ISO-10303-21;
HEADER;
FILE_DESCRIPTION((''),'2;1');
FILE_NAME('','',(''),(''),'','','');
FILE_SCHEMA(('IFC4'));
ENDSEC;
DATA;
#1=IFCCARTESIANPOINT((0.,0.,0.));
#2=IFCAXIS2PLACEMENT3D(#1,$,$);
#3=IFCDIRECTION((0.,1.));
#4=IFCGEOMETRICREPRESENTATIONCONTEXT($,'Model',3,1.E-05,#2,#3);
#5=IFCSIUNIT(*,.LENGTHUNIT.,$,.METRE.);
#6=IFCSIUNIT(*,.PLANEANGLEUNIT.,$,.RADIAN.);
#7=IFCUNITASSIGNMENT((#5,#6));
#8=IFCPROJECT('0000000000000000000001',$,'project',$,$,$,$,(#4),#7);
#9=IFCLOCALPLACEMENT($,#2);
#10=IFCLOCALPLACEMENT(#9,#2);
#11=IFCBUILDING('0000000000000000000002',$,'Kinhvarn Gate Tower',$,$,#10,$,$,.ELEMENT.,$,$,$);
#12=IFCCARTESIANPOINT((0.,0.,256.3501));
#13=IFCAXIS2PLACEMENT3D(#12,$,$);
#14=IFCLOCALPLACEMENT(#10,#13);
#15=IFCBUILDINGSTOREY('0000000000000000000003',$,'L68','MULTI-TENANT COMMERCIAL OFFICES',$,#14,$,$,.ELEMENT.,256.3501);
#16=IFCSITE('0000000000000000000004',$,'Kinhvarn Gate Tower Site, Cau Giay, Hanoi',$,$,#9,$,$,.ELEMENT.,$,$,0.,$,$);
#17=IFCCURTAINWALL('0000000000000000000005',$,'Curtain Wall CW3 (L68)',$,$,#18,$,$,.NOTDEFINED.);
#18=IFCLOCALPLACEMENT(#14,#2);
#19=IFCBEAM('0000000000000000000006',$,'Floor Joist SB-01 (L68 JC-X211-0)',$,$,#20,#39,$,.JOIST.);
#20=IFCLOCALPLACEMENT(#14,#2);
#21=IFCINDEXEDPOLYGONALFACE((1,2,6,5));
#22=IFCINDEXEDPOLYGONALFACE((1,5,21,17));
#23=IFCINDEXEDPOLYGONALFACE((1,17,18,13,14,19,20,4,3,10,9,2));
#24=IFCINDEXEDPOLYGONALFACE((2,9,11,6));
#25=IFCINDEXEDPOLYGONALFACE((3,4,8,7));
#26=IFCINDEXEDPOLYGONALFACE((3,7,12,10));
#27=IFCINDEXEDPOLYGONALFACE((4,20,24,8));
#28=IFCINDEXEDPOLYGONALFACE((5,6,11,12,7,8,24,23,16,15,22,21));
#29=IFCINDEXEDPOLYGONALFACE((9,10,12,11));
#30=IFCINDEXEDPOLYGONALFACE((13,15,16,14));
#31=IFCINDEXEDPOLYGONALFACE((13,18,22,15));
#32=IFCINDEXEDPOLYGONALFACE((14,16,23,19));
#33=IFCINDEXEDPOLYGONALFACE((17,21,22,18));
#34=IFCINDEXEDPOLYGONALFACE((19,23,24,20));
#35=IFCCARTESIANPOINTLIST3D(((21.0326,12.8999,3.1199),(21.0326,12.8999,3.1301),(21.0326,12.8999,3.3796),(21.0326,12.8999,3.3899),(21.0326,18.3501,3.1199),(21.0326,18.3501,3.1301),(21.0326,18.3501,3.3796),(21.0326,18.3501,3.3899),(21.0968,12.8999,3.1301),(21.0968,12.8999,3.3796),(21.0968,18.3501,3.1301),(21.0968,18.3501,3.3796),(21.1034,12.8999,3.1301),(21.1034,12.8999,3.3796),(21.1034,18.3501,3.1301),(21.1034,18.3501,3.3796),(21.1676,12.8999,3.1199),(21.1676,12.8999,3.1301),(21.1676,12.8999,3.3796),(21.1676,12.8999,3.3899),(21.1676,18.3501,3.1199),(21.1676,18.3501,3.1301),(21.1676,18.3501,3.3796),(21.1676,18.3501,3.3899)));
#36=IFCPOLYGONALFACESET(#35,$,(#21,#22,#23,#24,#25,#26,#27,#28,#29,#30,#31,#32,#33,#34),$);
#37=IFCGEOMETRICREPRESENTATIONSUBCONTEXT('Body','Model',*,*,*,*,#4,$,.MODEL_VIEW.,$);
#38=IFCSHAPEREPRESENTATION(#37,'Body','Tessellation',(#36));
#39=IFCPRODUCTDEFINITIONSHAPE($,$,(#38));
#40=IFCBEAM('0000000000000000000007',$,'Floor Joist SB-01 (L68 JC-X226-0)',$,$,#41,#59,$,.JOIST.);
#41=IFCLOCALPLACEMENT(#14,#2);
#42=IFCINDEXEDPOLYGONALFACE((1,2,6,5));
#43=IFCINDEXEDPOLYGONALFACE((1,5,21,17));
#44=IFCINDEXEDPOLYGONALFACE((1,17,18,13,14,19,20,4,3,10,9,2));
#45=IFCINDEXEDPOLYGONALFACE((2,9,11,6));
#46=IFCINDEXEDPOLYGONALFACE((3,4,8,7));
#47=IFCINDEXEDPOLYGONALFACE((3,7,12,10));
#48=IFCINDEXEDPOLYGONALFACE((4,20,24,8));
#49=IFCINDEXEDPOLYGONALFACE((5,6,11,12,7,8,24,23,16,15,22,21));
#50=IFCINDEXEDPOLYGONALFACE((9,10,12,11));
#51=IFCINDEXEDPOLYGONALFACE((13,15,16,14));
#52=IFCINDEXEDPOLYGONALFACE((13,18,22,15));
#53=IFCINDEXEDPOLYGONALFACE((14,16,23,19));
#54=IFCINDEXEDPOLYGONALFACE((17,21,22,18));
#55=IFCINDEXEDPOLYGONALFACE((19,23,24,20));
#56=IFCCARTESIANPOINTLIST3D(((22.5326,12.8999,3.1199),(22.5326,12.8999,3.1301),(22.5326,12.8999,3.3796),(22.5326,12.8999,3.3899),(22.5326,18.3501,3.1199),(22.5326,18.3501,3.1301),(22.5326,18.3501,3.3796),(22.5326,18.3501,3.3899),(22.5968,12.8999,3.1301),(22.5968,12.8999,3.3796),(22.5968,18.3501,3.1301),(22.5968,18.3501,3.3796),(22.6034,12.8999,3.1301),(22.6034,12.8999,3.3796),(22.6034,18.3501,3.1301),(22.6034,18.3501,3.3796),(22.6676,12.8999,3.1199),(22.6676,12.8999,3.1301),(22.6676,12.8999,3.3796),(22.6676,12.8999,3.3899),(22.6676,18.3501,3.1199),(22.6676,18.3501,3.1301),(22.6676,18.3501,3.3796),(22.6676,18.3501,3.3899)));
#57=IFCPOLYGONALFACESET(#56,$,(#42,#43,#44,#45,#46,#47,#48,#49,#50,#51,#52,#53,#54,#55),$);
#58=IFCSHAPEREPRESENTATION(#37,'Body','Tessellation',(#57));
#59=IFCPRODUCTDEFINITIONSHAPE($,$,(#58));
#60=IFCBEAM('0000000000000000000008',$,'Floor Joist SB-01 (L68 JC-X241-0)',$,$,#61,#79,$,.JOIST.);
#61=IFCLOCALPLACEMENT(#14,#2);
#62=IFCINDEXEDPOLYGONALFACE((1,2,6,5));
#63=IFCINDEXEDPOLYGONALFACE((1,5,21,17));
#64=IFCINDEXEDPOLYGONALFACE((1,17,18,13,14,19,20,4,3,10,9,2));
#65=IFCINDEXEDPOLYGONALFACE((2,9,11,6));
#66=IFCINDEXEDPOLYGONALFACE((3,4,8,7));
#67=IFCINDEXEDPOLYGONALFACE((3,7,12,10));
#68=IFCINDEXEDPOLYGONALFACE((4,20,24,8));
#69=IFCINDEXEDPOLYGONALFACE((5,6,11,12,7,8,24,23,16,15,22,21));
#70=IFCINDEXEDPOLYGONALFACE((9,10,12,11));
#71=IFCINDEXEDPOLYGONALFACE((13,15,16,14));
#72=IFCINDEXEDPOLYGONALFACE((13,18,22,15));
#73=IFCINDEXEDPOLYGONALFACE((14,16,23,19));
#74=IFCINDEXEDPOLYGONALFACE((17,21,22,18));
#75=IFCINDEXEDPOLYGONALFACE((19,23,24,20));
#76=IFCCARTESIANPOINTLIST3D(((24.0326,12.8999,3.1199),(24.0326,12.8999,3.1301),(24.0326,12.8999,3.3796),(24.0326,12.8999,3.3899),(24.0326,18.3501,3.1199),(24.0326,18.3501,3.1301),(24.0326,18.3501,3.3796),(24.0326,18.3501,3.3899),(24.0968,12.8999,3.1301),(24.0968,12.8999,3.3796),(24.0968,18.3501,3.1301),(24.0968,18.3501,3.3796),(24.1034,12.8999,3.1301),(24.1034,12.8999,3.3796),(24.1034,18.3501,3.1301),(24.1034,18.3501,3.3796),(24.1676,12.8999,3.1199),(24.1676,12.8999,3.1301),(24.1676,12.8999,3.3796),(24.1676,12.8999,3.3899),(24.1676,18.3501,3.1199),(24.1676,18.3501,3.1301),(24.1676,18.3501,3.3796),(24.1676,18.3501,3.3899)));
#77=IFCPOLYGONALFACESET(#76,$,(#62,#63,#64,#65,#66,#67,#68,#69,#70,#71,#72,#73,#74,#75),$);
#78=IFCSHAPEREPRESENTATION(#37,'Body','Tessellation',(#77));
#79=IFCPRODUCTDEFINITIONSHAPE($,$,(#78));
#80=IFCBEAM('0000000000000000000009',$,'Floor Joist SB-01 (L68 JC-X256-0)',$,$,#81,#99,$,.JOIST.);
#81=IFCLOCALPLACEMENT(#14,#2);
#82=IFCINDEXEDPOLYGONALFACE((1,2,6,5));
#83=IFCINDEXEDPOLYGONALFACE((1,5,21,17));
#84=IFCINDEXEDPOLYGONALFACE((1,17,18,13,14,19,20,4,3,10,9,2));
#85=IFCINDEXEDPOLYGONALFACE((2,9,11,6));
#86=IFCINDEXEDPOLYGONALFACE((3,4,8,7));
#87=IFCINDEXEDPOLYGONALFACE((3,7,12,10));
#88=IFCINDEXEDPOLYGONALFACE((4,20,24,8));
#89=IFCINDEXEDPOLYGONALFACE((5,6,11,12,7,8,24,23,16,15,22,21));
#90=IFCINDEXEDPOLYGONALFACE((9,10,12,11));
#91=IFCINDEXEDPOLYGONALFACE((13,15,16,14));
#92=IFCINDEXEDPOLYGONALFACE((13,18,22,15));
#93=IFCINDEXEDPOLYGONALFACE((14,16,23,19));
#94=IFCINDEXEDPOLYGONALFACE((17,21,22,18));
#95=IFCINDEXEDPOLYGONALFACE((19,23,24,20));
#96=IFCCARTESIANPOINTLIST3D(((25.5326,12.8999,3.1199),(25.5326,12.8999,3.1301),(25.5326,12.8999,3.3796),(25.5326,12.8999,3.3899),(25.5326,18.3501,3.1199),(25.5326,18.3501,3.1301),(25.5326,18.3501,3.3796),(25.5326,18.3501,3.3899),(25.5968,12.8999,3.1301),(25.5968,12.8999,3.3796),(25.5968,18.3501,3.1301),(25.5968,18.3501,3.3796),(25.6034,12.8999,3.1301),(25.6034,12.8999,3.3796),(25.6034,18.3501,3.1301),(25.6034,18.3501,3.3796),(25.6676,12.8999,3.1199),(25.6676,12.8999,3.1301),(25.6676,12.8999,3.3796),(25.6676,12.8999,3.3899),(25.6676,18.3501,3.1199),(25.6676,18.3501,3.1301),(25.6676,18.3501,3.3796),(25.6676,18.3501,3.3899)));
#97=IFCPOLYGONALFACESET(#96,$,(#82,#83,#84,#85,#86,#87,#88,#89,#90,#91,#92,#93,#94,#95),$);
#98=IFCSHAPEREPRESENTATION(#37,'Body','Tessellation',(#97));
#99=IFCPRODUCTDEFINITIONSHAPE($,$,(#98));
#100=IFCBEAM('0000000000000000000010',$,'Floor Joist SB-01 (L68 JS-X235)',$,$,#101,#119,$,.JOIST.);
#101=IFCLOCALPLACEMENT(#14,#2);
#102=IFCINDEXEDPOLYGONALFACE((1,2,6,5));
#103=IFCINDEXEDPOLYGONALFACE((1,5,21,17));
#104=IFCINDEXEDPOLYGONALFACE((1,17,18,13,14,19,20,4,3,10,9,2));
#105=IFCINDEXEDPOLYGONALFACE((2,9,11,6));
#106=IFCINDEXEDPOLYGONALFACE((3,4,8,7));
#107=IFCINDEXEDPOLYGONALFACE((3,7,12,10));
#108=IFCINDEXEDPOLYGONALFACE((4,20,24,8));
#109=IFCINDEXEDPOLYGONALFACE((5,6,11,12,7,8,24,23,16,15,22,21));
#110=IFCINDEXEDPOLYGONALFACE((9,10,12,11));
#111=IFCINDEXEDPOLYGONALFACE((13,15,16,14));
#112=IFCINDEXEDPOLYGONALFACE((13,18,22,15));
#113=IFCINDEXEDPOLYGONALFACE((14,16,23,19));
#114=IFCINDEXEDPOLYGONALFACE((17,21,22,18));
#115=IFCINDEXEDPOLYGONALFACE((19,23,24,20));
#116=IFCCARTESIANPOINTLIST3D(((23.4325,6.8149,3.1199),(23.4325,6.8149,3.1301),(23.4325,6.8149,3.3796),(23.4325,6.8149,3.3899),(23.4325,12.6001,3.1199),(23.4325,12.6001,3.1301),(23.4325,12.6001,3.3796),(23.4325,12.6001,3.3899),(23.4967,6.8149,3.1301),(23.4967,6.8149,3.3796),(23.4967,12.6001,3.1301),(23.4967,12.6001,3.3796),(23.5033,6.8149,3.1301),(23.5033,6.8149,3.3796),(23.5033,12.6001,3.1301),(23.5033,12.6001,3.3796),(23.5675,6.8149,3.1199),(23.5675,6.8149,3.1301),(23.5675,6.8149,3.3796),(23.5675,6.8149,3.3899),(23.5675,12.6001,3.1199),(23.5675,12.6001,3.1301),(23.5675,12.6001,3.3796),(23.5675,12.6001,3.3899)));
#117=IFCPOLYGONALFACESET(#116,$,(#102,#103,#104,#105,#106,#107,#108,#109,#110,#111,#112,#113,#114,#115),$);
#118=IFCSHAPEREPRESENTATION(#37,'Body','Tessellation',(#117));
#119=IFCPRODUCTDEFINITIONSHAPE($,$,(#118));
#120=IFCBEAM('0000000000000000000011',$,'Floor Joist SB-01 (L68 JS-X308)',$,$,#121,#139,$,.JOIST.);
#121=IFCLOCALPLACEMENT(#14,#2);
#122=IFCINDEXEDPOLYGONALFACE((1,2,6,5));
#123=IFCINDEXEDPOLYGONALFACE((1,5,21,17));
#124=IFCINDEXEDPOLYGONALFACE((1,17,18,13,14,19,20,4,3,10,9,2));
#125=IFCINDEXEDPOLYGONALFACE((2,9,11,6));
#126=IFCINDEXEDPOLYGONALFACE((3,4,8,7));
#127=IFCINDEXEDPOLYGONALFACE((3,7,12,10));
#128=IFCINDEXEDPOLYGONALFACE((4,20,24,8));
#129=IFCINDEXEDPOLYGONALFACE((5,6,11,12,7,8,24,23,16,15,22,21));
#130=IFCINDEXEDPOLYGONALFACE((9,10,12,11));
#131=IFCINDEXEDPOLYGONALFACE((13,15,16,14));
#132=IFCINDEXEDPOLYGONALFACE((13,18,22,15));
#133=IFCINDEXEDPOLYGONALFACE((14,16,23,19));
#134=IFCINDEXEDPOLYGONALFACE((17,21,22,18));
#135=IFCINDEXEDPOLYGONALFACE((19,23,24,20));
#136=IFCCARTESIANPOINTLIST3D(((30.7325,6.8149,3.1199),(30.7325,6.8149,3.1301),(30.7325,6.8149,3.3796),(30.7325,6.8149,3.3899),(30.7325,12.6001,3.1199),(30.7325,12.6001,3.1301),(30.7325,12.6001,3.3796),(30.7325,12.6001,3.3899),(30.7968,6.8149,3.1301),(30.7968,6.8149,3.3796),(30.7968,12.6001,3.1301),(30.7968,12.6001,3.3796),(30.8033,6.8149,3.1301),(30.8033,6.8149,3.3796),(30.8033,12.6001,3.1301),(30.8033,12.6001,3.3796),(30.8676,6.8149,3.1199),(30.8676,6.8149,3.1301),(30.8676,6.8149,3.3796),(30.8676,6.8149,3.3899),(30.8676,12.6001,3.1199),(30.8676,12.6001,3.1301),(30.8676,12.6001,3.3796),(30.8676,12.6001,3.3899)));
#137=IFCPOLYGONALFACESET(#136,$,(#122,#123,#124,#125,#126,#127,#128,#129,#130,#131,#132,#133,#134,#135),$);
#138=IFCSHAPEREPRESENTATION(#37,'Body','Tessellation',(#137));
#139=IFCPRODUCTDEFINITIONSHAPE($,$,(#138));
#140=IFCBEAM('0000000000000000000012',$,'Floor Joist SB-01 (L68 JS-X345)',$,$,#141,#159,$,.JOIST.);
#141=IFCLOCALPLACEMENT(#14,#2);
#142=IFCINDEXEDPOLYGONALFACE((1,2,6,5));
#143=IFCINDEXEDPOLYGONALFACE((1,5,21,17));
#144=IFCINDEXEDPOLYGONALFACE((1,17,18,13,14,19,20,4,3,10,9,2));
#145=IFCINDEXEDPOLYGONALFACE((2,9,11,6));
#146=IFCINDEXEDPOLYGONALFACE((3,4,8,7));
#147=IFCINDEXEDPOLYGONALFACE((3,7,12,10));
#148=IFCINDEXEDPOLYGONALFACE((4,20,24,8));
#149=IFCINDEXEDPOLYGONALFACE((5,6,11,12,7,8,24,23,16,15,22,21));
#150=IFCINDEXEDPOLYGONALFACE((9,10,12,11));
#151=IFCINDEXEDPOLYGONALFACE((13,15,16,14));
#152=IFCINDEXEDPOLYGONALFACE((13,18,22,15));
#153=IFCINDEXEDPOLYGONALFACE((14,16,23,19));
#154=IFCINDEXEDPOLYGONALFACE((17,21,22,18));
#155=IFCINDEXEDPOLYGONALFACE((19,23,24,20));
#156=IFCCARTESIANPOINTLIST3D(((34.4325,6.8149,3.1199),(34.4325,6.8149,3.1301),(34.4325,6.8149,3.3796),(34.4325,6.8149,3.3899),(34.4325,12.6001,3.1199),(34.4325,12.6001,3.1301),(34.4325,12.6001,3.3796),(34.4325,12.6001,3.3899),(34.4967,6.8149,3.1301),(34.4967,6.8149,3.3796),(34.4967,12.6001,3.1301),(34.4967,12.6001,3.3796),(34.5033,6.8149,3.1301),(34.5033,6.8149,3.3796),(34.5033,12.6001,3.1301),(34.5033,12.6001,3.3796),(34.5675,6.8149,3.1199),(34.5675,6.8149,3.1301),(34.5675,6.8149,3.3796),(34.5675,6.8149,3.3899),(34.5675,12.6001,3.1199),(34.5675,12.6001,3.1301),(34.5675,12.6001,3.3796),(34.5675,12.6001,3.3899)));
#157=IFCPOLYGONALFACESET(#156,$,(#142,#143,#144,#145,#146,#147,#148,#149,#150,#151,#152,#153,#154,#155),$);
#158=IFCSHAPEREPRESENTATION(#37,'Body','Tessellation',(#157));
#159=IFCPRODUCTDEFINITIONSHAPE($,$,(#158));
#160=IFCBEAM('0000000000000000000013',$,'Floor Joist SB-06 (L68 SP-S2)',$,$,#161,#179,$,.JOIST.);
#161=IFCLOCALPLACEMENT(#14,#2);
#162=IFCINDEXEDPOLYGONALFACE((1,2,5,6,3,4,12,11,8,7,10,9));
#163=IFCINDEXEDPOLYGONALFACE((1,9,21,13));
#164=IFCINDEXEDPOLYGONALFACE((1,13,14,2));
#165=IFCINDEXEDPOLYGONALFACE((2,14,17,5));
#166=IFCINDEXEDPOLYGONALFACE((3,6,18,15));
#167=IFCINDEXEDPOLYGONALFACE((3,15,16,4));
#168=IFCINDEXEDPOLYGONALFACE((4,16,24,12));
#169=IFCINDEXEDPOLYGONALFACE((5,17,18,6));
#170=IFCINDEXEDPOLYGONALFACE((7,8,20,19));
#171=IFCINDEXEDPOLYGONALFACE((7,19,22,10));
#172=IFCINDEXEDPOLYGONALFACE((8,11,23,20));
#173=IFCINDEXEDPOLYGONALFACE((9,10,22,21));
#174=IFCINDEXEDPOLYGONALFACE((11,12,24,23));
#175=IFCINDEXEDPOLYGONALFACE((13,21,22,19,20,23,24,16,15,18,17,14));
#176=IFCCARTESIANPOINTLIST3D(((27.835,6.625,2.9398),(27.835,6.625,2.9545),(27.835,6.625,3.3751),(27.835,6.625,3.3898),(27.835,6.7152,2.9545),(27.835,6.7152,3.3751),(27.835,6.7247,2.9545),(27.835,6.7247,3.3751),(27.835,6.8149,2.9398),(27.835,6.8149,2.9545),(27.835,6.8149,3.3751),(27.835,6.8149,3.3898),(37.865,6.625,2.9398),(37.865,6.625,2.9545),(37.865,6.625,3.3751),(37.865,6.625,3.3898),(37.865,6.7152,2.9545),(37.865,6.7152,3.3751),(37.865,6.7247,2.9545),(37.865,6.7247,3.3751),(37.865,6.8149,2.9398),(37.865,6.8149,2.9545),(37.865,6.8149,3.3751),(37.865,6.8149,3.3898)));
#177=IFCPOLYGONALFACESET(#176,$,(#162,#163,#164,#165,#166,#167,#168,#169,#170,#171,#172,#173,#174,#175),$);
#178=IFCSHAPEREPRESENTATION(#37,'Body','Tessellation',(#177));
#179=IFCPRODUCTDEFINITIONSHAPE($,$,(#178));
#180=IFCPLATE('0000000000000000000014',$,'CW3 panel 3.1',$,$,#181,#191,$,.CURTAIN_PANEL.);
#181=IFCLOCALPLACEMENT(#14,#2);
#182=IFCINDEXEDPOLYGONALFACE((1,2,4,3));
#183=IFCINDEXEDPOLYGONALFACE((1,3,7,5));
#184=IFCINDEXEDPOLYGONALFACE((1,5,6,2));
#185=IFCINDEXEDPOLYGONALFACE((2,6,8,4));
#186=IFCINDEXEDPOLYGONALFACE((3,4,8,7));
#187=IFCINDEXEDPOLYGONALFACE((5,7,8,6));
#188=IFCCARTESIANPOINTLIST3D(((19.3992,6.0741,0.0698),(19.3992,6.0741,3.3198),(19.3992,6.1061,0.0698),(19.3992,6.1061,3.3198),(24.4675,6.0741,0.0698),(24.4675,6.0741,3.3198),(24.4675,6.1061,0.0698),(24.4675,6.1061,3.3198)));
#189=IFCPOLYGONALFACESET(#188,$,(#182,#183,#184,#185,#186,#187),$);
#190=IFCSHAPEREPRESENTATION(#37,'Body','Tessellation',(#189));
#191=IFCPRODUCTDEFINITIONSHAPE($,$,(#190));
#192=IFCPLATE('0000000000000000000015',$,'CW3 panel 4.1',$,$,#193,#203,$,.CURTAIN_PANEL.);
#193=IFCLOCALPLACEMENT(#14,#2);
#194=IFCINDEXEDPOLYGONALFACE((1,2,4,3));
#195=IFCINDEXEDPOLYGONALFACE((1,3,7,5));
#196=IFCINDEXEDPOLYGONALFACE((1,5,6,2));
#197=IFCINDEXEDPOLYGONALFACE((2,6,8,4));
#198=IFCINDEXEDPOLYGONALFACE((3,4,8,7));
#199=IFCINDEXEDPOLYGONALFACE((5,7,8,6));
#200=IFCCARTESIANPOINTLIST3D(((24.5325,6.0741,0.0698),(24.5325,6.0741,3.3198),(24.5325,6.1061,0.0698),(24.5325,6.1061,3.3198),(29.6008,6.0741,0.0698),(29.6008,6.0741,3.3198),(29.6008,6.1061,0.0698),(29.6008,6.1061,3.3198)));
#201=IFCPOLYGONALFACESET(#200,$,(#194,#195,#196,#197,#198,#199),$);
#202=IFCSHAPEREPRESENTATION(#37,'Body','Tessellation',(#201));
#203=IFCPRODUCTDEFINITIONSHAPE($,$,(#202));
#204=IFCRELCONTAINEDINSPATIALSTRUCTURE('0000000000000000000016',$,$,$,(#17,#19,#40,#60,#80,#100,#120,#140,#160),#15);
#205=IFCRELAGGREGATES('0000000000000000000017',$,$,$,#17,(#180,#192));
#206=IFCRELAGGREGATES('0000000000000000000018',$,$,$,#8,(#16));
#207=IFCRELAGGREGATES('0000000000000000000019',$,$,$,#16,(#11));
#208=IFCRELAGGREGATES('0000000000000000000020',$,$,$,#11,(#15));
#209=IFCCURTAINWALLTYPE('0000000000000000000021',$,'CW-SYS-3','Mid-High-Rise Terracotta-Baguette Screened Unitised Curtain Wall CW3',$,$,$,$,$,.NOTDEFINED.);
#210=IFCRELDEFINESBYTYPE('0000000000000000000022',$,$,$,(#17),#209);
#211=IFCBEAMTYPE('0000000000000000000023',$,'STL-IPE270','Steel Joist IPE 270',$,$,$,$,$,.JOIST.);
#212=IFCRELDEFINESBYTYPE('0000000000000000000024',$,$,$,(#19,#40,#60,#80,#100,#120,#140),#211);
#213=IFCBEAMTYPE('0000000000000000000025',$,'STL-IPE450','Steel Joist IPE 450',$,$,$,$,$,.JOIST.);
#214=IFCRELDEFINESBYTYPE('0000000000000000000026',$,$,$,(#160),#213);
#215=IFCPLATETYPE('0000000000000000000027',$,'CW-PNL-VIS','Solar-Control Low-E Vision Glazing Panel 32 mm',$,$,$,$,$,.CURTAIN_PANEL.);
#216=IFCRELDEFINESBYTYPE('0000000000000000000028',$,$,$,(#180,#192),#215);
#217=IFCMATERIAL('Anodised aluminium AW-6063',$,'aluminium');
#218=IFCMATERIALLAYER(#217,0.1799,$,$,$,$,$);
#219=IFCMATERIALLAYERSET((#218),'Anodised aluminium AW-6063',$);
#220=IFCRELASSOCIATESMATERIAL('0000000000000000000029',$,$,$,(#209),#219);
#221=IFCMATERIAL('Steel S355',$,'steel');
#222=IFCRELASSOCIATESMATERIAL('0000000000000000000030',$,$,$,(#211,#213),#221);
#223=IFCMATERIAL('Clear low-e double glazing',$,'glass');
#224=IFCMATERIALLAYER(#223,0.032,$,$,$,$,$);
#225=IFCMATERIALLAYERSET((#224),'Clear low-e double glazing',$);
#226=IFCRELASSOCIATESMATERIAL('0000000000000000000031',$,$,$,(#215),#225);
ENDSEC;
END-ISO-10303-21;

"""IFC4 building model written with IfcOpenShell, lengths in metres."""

from ifc_helpers import new_model, si_unit, direction, frame, origin, origin_2d, place, context, subcontext, project, spatial, rectangle, i_section, extrude, material, layer, layer_set, material_profile, profile_set, type_object, element, aggregate, save


model = new_model("IFC4")

# Units and contexts
model_context = context("Model", 3, precision=1e-05, world=origin(), true_north=direction((0.0, 1.0)))
body_context = subcontext(model_context, "Body", "Model", "MODEL_VIEW")
ifc_project = project(units=[si_unit("LENGTHUNIT", "METRE"), si_unit("PLANEANGLEUNIT", "RADIAN")], contexts=[model_context])

# Site, building, storey
site_placement = place(None, origin())
site = spatial("IfcSite", under=ifc_project, at=site_placement, Name="Kinhvarn Gate Tower Site, Cau Giay, Hanoi", CompositionType="ELEMENT", RefElevation=0.0)
building_placement = place(site_placement, origin())
building = spatial("IfcBuilding", under=site, at=building_placement, Name="Kinhvarn Gate Tower", CompositionType="ELEMENT")
storey_placement = place(building_placement, frame((0.0, 0.0, 256.3501)))
storey = spatial("IfcBuildingStorey", under=building, at=storey_placement, Name="L68", Description="MULTI-TENANT COMMERCIAL OFFICES", CompositionType="ELEMENT", Elevation=256.3501)

# Curtain wall
ifc_material_1 = material(Name="Anodised aluminium AW-6063", Category="aluminium")
ifc_layer_1 = layer(ifc_material_1, 0.1799)
ifc_layer_set_1 = layer_set([ifc_layer_1], Name="Anodised aluminium AW-6063")
curtain_wall_type = type_object("IfcCurtainWallType", Name="CW-SYS-3", Description="Mid-High-Rise Terracotta-Baguette Screened Unitised Curtain Wall CW3", PredefinedType="NOTDEFINED", material=ifc_layer_set_1)
curtain_wall_placement = place(storey_placement, origin())
curtain_wall = element("IfcCurtainWall", 1, at=curtain_wall_placement, inside=storey, type_object=curtain_wall_type, Name="Curtain Wall CW3 (L68)", PredefinedType="NOTDEFINED")

# Beams
ifc_material_2 = material(Name="Steel S355", Category="steel")
ifc_material_profile_1 = material_profile(ifc_material_2, i_section(OverallWidth=0.135, OverallDepth=0.27, WebThickness=0.0066, FlangeThickness=0.0103, at=origin_2d()), Name="IPE 270")
ifc_profile_set_1 = profile_set([ifc_material_profile_1], Name="Steel S355")
beam_type_1 = type_object("IfcBeamType", Name="STL-IPE270", Description="Steel Joist IPE 270", PredefinedType="JOIST", material=ifc_profile_set_1)
for number, where, z_axis, x_axis, name in (
    (2, (21.1001, 12.8999, 3.2549), (0.0, 1.0, 0.0), (-1.0, 0.0, 0.0), "Floor Joist SB-01 (L68 JC-X211-0)"),
    (3, (22.6001, 12.8999, 3.2549), (0.0, 1.0, 0.0), (-1.0, 0.0, 0.0), "Floor Joist SB-01 (L68 JC-X226-0)"),
    (4, (24.1001, 12.8999, 3.2549), (0.0, 1.0, 0.0), (-1.0, 0.0, 0.0), "Floor Joist SB-01 (L68 JC-X241-0)"),
    (5, (25.6001, 12.8999, 3.2549), (0.0, 1.0, 0.0), (-1.0, 0.0, 0.0), "Floor Joist SB-01 (L68 JC-X256-0)"),
):
    element("IfcBeam", number, at=place(storey_placement, frame(where, z_axis=z_axis, x_axis=x_axis)), inside=storey, type_object=beam_type_1, Name=name, PredefinedType="JOIST", context=body_context, shape_type="SweptSolid", body=[
        extrude(i_section(OverallWidth=0.135, OverallDepth=0.27, WebThickness=0.0066, FlangeThickness=0.0103, at=origin_2d()), origin(), (0.0, 0.0, 1.0), 5.4502),
    ])
for number, where, z_axis, x_axis, name in (
    (6, (23.5, 6.8149, 3.2549), (0.0, 1.0, 0.0), (-1.0, 0.0, 0.0), "Floor Joist SB-01 (L68 JS-X235)"),
    (7, (30.8, 6.8149, 3.2549), (0.0, 1.0, 0.0), (-1.0, 0.0, 0.0), "Floor Joist SB-01 (L68 JS-X308)"),
    (8, (34.5, 6.8149, 3.2549), (0.0, 1.0, 0.0), (-1.0, 0.0, 0.0), "Floor Joist SB-01 (L68 JS-X345)"),
):
    element("IfcBeam", number, at=place(storey_placement, frame(where, z_axis=z_axis, x_axis=x_axis)), inside=storey, type_object=beam_type_1, Name=name, PredefinedType="JOIST", context=body_context, shape_type="SweptSolid", body=[
        extrude(i_section(OverallWidth=0.135, OverallDepth=0.27, WebThickness=0.0066, FlangeThickness=0.0103, at=origin_2d()), origin(), (0.0, 0.0, 1.0), 5.7852),
    ])
ifc_material_profile_2 = material_profile(ifc_material_2, i_section(OverallWidth=0.1899, OverallDepth=0.45, WebThickness=0.0095, FlangeThickness=0.0146, at=origin_2d()), Name="IPE 450")
ifc_profile_set_2 = profile_set([ifc_material_profile_2], Name="Steel S355")
beam_type_2 = type_object("IfcBeamType", Name="STL-IPE450", Description="Steel Joist IPE 450", PredefinedType="JOIST", material=ifc_profile_set_2)
beam_1_placement = place(storey_placement, frame((27.835, 6.72, 3.1648), z_axis=(1.0, 0.0, 0.0), x_axis=(0.0, 1.0, 0.0)))
element("IfcBeam", 9, at=beam_1_placement, inside=storey, type_object=beam_type_2, Name="Floor Joist SB-06 (L68 SP-S2)", PredefinedType="JOIST", context=body_context, shape_type="SweptSolid", body=[
    extrude(i_section(OverallWidth=0.1899, OverallDepth=0.45, WebThickness=0.0095, FlangeThickness=0.0146, at=origin_2d()), origin(), (0.0, 0.0, 1.0), 10.03),
])

# Plates
ifc_material_3 = material(Name="Clear low-e double glazing", Category="glass")
ifc_layer_2 = layer(ifc_material_3, 0.032)
ifc_layer_set_2 = layer_set([ifc_layer_2], Name="Clear low-e double glazing")
plate_type = type_object("IfcPlateType", Name="CW-PNL-VIS", Description="Solar-Control Low-E Vision Glazing Panel 32 mm", PredefinedType="CURTAIN_PANEL", material=ifc_layer_set_2)
plate_1_placement = place(storey_placement, frame((21.9333, 6.0901, 0.0698), z_axis=(0.0, 0.0, 1.0), x_axis=(1.0, 0.0, 0.0)))
plate_1 = element("IfcPlate", 10, at=plate_1_placement, type_object=plate_type, Name="CW3 panel 3.1", PredefinedType="CURTAIN_PANEL", context=body_context, shape_type="SweptSolid", body=[
    extrude(rectangle(XDim=5.0684, YDim=0.032, at=origin_2d()), origin(), (0.0, 0.0, 1.0), 3.25),
])
plate_2_placement = place(storey_placement, frame((27.0667, 6.0901, 0.0698), z_axis=(0.0, 0.0, 1.0), x_axis=(1.0, 0.0, 0.0)))
plate_2 = element("IfcPlate", 11, at=plate_2_placement, type_object=plate_type, Name="CW3 panel 4.1", PredefinedType="CURTAIN_PANEL", context=body_context, shape_type="SweptSolid", body=[
    extrude(rectangle(XDim=5.0684, YDim=0.032, at=origin_2d()), origin(), (0.0, 0.0, 1.0), 3.25),
])
aggregate(curtain_wall, [plate_1, plate_2])

save(model, "model.ifc")
